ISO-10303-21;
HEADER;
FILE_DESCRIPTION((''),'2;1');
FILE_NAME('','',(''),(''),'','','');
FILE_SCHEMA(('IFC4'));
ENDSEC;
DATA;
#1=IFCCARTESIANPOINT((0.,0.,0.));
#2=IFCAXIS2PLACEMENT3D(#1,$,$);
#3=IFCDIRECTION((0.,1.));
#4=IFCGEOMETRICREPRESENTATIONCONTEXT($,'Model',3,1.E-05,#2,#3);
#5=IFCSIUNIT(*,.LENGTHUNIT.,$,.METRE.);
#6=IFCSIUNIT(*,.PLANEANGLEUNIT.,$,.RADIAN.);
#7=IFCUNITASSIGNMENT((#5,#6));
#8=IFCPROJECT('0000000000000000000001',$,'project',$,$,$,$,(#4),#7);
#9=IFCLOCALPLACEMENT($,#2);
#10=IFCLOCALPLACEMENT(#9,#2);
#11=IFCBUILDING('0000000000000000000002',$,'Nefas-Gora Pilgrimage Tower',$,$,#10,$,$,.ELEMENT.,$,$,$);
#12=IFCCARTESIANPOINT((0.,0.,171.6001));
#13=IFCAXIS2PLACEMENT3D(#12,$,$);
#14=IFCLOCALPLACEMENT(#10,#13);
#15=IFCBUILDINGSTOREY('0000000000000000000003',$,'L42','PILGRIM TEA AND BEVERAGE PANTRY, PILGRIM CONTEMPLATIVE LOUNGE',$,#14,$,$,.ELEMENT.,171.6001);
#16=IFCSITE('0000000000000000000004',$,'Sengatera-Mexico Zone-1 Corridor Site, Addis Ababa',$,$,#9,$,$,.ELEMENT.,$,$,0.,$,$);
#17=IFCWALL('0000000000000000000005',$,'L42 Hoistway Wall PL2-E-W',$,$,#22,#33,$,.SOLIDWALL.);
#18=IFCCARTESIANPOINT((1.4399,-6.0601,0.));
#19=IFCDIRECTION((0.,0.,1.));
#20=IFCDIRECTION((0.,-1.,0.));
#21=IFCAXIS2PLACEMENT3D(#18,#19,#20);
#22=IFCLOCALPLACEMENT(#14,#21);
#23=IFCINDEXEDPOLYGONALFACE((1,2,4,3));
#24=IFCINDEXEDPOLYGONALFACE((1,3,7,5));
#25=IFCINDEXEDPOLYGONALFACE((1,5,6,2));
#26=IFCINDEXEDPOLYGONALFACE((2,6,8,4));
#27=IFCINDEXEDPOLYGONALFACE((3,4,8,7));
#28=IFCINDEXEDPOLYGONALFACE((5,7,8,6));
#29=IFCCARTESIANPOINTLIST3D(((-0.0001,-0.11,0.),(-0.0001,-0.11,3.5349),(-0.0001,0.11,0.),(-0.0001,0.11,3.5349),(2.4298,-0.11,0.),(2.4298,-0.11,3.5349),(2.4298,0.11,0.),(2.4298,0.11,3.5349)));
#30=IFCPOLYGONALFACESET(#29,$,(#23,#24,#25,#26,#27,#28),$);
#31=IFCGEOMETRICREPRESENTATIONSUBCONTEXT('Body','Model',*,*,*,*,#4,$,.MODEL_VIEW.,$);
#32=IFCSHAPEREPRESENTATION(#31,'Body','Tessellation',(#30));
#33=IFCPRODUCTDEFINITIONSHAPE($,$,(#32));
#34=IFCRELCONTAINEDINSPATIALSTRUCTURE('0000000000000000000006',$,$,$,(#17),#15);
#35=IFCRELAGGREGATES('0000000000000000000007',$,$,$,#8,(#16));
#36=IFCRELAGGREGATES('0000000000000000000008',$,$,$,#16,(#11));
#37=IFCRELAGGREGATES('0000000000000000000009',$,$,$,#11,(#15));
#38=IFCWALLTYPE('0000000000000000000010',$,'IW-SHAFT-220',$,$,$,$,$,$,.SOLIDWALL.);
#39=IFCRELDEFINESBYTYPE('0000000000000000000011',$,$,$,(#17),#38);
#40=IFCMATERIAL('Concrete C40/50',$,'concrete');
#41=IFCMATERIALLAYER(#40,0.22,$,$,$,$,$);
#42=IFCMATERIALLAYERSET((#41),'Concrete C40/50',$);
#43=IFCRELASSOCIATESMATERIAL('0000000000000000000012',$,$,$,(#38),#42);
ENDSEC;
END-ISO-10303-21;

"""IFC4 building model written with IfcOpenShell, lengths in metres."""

from ifc_helpers import new_model, si_unit, direction, frame, frame_2d, origin, place, context, subcontext, project, spatial, rectangle, extrude, source, transform, mapped, material, layer, layer_set, type_object, element, save


model = new_model("IFC4")

# Units and contexts
model_context = context("Model", 3, precision=1e-05, world=origin(), true_north=direction((0.0, 1.0)))
body_context = subcontext(model_context, "Body", "Model", "MODEL_VIEW")
ifc_project = project(units=[si_unit("LENGTHUNIT", "METRE"), si_unit("PLANEANGLEUNIT", "RADIAN")], contexts=[model_context])

# Site, building, storey
site_placement = place(None, origin())
site = spatial("IfcSite", under=ifc_project, at=site_placement, Name="Sengatera-Mexico Zone-1 Corridor Site, Addis Ababa", CompositionType="ELEMENT", RefElevation=0.0)
building_placement = place(site_placement, origin())
building = spatial("IfcBuilding", under=site, at=building_placement, Name="Nefas-Gora Pilgrimage Tower", CompositionType="ELEMENT")
storey_placement = place(building_placement, frame((0.0, 0.0, 171.6001)))
storey = spatial("IfcBuildingStorey", under=building, at=storey_placement, Name="L42", Description="PILGRIM TEA AND BEVERAGE PANTRY, PILGRIM CONTEMPLATIVE LOUNGE", CompositionType="ELEMENT", Elevation=171.6001)

# Shared definitions
ifc_material_1 = material(Name="Concrete C40/50", Category="concrete")
ifc_layer_1 = layer(ifc_material_1, 0.22)
ifc_layer_set_1 = layer_set([ifc_layer_1], Name="Concrete C40/50")
wall_type_1 = type_object("IfcWallType", Name="IW-SHAFT-220", PredefinedType="SOLIDWALL", material=ifc_layer_set_1)

# Wall
shared_shape_1 = source(origin(), body_context, "Body", "SweptSolid", [
    extrude(rectangle(XDim=2.4299, YDim=0.22, at=frame_2d((1.2148, 0.0))), origin(), (0.0, 0.0, 1.0), 3.5349),
])
for number, where, z_axis, x_axis, name in (
    (1, (1.4399, -6.0601, 0.0), (0.0, 0.0, 1.0), (0.0, -1.0, 0.0), "L42 Hoistway Wall PL2-E-W"),
):
    element("IfcWall", number, at=place(storey_placement, frame(where, z_axis=z_axis, x_axis=x_axis)), inside=storey, type_object=wall_type_1, Name=name, PredefinedType="SOLIDWALL", context=body_context, shape_type="MappedRepresentation", body=[
        mapped(shared_shape_1, transform((0.0, 0.0, 0.0), x_axis=(1.0, 0.0, 0.0), y_axis=(0.0, 1.0, 0.0), z_axis=(0.0, 0.0, 1.0), scale=1.0)),
    ])

save(model, "model.ifc")
